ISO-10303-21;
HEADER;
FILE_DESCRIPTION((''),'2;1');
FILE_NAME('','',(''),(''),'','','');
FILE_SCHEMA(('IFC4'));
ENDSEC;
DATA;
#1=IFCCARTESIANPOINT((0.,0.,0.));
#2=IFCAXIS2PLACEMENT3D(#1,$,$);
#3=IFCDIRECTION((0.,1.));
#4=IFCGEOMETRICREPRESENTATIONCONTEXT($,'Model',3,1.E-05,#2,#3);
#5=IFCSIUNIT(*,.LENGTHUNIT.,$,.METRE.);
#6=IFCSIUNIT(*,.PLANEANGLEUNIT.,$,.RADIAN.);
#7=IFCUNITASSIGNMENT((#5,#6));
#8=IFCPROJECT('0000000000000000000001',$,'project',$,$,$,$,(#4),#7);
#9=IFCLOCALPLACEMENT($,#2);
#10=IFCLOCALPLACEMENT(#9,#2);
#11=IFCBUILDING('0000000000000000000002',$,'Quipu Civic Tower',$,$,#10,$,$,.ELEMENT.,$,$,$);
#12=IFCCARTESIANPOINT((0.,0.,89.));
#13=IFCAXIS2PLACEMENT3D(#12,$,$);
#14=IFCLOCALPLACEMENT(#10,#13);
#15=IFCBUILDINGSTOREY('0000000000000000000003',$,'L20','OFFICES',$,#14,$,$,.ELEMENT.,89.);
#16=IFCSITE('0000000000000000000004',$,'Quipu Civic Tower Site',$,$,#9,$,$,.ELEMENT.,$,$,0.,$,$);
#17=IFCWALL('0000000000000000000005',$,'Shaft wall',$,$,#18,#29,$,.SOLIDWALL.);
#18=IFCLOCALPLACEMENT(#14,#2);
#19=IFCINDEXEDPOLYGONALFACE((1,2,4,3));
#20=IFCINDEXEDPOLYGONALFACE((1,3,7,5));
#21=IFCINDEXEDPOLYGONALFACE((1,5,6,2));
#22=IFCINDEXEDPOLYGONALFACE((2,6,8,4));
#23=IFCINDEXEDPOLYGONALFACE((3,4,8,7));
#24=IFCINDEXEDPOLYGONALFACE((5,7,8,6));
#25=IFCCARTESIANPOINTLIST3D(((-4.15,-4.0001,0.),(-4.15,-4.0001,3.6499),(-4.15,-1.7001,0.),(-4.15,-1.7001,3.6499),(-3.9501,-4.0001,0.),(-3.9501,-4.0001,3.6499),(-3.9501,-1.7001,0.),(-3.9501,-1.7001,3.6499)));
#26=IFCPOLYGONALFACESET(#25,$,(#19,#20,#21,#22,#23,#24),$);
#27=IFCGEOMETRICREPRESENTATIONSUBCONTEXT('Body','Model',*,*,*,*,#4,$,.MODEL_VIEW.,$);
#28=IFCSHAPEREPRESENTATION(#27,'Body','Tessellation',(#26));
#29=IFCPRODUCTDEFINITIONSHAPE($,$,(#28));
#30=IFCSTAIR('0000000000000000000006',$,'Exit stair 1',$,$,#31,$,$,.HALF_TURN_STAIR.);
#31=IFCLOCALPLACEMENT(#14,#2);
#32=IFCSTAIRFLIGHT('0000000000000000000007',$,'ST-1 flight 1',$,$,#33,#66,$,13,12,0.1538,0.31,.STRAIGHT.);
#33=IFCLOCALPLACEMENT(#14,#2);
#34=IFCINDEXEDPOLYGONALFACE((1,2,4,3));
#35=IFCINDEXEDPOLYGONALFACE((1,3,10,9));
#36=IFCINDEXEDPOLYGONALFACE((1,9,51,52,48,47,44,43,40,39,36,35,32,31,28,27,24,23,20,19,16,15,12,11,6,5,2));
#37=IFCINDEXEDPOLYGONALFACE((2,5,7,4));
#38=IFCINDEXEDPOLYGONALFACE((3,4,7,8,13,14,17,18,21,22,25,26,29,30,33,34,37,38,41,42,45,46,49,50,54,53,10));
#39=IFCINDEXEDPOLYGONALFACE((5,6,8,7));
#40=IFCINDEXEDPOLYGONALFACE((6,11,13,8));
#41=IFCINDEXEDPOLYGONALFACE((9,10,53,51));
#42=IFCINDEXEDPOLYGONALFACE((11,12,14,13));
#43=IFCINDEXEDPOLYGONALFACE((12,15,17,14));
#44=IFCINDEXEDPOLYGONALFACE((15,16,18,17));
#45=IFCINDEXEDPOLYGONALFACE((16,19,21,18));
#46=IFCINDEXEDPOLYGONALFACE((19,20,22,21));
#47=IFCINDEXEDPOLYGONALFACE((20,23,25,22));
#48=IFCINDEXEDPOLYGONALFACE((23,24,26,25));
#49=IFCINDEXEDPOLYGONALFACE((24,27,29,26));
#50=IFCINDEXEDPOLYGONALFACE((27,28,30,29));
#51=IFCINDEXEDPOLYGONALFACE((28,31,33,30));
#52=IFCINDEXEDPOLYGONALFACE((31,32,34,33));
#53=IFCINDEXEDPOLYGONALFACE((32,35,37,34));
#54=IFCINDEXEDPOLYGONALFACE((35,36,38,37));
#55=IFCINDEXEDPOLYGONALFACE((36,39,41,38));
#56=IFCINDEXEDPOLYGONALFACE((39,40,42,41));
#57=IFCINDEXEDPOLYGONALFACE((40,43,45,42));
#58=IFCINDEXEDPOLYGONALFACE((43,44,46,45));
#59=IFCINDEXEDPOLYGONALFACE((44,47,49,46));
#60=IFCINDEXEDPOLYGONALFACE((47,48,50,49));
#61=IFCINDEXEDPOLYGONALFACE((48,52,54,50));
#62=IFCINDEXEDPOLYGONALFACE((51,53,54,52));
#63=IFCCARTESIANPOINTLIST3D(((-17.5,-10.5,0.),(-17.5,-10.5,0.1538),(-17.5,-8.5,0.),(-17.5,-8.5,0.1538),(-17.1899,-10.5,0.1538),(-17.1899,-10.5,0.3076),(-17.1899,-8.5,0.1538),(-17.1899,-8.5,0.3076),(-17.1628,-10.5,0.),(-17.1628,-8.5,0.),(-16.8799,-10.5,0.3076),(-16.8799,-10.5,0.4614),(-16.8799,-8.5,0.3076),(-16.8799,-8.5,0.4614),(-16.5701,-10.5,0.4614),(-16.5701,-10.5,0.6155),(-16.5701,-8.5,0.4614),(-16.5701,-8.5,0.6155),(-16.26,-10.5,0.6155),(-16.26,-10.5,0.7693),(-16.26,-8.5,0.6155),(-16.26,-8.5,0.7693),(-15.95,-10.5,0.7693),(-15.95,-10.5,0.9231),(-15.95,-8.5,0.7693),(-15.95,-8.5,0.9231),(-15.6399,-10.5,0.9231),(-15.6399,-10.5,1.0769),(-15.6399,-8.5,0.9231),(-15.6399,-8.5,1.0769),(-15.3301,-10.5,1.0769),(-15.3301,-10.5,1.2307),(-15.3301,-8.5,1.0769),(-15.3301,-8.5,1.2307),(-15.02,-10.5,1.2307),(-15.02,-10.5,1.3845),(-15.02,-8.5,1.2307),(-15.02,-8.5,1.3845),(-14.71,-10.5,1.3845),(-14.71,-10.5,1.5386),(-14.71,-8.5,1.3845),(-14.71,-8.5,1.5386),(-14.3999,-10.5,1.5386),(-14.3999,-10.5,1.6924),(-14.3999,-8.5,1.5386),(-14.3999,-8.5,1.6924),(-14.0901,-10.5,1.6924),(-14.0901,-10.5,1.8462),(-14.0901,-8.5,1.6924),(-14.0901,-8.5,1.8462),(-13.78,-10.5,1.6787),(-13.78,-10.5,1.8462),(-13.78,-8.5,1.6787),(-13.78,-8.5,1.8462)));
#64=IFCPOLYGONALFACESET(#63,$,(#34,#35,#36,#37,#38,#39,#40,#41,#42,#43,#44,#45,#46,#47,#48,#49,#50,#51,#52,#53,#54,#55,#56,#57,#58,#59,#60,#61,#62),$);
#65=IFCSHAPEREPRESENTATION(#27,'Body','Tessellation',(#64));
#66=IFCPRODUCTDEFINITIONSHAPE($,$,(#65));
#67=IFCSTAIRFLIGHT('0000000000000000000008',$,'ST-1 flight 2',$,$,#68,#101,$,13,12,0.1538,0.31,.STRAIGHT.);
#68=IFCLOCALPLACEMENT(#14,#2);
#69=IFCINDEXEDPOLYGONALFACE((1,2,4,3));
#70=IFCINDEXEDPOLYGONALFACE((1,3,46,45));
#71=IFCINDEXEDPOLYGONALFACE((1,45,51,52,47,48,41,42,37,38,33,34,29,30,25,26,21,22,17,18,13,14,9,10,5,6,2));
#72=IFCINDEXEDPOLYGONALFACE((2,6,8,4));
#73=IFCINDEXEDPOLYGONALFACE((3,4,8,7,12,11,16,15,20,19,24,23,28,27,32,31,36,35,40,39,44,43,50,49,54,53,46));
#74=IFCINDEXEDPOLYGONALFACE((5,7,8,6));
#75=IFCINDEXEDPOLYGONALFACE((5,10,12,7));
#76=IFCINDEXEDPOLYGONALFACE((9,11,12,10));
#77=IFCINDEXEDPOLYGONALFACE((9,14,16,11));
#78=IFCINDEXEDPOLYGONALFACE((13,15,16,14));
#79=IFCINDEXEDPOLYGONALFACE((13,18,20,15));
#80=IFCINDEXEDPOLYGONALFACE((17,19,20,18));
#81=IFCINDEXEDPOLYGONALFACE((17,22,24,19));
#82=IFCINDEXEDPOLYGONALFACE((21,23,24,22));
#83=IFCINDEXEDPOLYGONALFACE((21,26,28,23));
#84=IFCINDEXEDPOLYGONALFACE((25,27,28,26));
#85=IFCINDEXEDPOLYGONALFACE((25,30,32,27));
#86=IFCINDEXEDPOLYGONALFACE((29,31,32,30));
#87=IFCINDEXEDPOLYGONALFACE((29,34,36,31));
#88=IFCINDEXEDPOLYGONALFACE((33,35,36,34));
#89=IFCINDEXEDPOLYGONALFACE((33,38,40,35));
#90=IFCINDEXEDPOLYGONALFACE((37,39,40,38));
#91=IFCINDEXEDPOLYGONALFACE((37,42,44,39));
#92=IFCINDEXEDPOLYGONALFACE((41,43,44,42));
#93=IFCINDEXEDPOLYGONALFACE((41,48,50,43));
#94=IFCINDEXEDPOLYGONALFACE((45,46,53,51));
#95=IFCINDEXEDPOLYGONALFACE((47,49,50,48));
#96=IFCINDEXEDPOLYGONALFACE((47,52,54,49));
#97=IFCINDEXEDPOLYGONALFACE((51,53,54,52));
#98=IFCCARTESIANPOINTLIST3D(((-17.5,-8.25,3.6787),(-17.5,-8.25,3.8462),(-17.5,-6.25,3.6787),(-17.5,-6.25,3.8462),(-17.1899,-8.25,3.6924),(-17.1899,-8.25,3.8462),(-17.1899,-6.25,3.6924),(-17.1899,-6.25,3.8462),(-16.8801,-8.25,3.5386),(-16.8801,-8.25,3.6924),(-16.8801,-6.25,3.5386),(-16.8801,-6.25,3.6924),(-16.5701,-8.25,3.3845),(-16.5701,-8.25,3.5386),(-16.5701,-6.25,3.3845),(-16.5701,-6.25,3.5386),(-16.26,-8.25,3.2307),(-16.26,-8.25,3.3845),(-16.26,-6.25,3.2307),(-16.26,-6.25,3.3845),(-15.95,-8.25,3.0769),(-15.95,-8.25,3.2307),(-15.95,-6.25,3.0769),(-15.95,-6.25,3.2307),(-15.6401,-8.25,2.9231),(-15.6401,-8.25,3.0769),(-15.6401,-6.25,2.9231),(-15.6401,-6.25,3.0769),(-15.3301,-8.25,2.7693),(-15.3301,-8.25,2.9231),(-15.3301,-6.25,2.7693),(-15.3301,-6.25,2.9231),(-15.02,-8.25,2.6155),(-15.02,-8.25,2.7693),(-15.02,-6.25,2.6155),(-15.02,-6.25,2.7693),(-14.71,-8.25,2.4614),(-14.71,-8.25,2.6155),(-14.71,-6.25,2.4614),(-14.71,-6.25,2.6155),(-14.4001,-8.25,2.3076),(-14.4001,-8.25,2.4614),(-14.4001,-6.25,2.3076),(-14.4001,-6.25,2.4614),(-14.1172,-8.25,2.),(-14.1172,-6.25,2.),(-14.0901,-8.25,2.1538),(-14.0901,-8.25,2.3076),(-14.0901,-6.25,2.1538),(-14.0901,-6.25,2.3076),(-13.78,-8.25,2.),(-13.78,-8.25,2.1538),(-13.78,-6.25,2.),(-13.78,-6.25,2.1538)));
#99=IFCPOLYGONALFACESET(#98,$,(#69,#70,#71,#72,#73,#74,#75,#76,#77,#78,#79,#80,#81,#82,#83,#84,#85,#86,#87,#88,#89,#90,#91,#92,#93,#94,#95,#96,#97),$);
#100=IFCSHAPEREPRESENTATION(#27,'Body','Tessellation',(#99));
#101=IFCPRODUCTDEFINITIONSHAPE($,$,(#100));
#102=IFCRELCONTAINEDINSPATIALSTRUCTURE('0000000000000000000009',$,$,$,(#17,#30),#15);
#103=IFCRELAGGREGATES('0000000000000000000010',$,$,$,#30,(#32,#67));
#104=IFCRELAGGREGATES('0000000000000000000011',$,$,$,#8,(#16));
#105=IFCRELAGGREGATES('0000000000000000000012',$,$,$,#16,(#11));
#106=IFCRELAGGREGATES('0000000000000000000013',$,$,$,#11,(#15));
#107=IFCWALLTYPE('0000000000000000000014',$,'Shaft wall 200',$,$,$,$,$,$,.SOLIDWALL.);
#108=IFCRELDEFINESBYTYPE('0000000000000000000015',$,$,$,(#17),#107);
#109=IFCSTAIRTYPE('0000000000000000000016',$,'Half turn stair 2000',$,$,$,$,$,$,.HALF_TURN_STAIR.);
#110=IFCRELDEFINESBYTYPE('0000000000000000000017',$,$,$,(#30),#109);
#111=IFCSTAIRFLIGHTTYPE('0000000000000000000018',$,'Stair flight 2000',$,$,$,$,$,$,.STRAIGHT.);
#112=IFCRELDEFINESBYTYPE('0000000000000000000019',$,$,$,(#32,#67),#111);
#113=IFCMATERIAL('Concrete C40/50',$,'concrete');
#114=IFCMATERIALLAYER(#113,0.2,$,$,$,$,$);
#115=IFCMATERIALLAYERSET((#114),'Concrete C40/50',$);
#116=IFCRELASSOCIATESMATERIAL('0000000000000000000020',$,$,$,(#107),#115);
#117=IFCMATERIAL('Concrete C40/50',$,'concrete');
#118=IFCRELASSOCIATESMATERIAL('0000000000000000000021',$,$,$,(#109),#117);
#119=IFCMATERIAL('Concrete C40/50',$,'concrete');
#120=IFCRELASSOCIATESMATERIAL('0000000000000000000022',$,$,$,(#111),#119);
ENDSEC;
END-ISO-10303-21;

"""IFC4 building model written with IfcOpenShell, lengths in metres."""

from ifc_helpers import new_model, si_unit, direction, frame, frame_2d, origin, place, context, subcontext, project, spatial, polyline, rectangle, outline, extrude, material, layer, layer_set, type_object, element, aggregate, save


model = new_model("IFC4")

# Units and contexts
model_context = context("Model", 3, precision=1e-05, world=origin(), true_north=direction((0.0, 1.0)))
body_context = subcontext(model_context, "Body", "Model", "MODEL_VIEW")
ifc_project = project(units=[si_unit("LENGTHUNIT", "METRE"), si_unit("PLANEANGLEUNIT", "RADIAN")], contexts=[model_context])

# Site, building, storey
site_placement = place(None, origin())
site = spatial("IfcSite", under=ifc_project, at=site_placement, Name="Quipu Civic Tower Site", CompositionType="ELEMENT", RefElevation=0.0)
building_placement = place(site_placement, origin())
building = spatial("IfcBuilding", under=site, at=building_placement, Name="Quipu Civic Tower", CompositionType="ELEMENT")
storey_placement = place(building_placement, frame((0.0, 0.0, 89.0)))
storey = spatial("IfcBuildingStorey", under=building, at=storey_placement, Name="L20", Description="OFFICES", CompositionType="ELEMENT", Elevation=89.0)

# Wall
ifc_material_1 = material(Name="Concrete C40/50", Category="concrete")
ifc_layer_1 = layer(ifc_material_1, 0.2)
ifc_layer_set_1 = layer_set([ifc_layer_1], Name="Concrete C40/50")
wall_type_1 = type_object("IfcWallType", Name="Shaft wall 200", PredefinedType="SOLIDWALL", material=ifc_layer_set_1)
for number, where, z_axis, x_axis, name in (
    (1, (-4.05, -4.0, 0.0), (0.0, 0.0, 1.0), (0.0, 1.0, 0.0), "Shaft wall"),
):
    element("IfcWall", number, at=place(storey_placement, frame(where, z_axis=z_axis, x_axis=x_axis)), inside=storey, type_object=wall_type_1, Name=name, PredefinedType="SOLIDWALL", context=body_context, shape_type="SweptSolid", body=[
        extrude(rectangle(XDim=2.3, YDim=0.2, at=frame_2d((1.1499, 0.0))), origin(), (0.0, 0.0, 1.0), 3.6499),
    ])

# Stair, stair flights
ifc_material_2 = material(Name="Concrete C40/50", Category="concrete")
stair_type = type_object("IfcStairType", Name="Half turn stair 2000", PredefinedType="HALF_TURN_STAIR", material=ifc_material_2)
stair_placement = place(storey_placement, origin())
stair = element("IfcStair", 2, at=stair_placement, inside=storey, type_object=stair_type, Name="Exit stair 1", PredefinedType="HALF_TURN_STAIR")
ifc_material_3 = material(Name="Concrete C40/50", Category="concrete")
stair_flight_type = type_object("IfcStairFlightType", Name="Stair flight 2000", PredefinedType="STRAIGHT", material=ifc_material_3)
stair_flight_1_placement = place(storey_placement, frame((-17.5, -9.5, 0.0), z_axis=(0.0, 0.0, 1.0), x_axis=(1.0, 0.0, 0.0)))
stair_flight_1 = element("IfcStairFlight", 3, at=stair_flight_1_placement, type_object=stair_flight_type, Name="ST-1 flight 1", NumberOfRisers=13, NumberOfTreads=12, PredefinedType="STRAIGHT", RiserHeight=0.1538, TreadLength=0.31, context=body_context, shape_type="SweptSolid", body=[
    extrude(outline(polyline([(0.0, 0.0), (0.0, 0.1538), (0.3101, 0.1538), (0.3101, 0.3076), (0.6201, 0.3076), (0.6201, 0.4614), (0.9299, 0.4614), (0.9299, 0.6155), (1.24, 0.6155), (1.24, 0.7693), (1.55, 0.7693), (1.55, 0.9231), (1.8601, 0.9231), (1.8601, 1.0769), (2.1699, 1.0769), (2.1699, 1.2307), (2.48, 1.2307), (2.48, 1.3845), (2.79, 1.3845), (2.79, 1.5386), (3.1001, 1.5386), (3.1001, 1.6924), (3.4099, 1.6924), (3.4099, 1.8462), (3.72, 1.8462), (3.72, 2.0), (3.72, 1.6787), (0.3372, 0.0), (0.0, 0.0)])), frame((0.0, 1.0, 0.0), z_axis=(0.0, -1.0, 0.0), x_axis=(1.0, 0.0, 0.0)), (0.0, 0.0, 1.0), 2.0),
])
stair_flight_2_placement = place(storey_placement, frame((-13.78, -7.25, 2.0), z_axis=(0.0, 0.0, 1.0), x_axis=(-1.0, 0.0, 0.0)))
stair_flight_2 = element("IfcStairFlight", 4, at=stair_flight_2_placement, type_object=stair_flight_type, Name="ST-1 flight 2", NumberOfRisers=13, NumberOfTreads=12, PredefinedType="STRAIGHT", RiserHeight=0.1538, TreadLength=0.31, context=body_context, shape_type="SweptSolid", body=[
    extrude(outline(polyline([(0.0, 0.0), (0.0, 0.1538), (0.3101, 0.1538), (0.3101, 0.3076), (0.6201, 0.3076), (0.6201, 0.4614), (0.9299, 0.4614), (0.9299, 0.6155), (1.24, 0.6155), (1.24, 0.7693), (1.55, 0.7693), (1.55, 0.9231), (1.8601, 0.9231), (1.8601, 1.0769), (2.1699, 1.0769), (2.1699, 1.2307), (2.48, 1.2307), (2.48, 1.3845), (2.79, 1.3845), (2.79, 1.5386), (3.1001, 1.5386), (3.1001, 1.6924), (3.4099, 1.6924), (3.4099, 1.8462), (3.72, 1.8462), (3.72, 2.0), (3.72, 1.6787), (0.3372, 0.0), (0.0, 0.0)])), frame((0.0, 1.0, 0.0), z_axis=(0.0, -1.0, 0.0), x_axis=(1.0, 0.0, 0.0)), (0.0, 0.0, 1.0), 2.0),
])
aggregate(stair, [stair_flight_1, stair_flight_2])

save(model, "model.ifc")
